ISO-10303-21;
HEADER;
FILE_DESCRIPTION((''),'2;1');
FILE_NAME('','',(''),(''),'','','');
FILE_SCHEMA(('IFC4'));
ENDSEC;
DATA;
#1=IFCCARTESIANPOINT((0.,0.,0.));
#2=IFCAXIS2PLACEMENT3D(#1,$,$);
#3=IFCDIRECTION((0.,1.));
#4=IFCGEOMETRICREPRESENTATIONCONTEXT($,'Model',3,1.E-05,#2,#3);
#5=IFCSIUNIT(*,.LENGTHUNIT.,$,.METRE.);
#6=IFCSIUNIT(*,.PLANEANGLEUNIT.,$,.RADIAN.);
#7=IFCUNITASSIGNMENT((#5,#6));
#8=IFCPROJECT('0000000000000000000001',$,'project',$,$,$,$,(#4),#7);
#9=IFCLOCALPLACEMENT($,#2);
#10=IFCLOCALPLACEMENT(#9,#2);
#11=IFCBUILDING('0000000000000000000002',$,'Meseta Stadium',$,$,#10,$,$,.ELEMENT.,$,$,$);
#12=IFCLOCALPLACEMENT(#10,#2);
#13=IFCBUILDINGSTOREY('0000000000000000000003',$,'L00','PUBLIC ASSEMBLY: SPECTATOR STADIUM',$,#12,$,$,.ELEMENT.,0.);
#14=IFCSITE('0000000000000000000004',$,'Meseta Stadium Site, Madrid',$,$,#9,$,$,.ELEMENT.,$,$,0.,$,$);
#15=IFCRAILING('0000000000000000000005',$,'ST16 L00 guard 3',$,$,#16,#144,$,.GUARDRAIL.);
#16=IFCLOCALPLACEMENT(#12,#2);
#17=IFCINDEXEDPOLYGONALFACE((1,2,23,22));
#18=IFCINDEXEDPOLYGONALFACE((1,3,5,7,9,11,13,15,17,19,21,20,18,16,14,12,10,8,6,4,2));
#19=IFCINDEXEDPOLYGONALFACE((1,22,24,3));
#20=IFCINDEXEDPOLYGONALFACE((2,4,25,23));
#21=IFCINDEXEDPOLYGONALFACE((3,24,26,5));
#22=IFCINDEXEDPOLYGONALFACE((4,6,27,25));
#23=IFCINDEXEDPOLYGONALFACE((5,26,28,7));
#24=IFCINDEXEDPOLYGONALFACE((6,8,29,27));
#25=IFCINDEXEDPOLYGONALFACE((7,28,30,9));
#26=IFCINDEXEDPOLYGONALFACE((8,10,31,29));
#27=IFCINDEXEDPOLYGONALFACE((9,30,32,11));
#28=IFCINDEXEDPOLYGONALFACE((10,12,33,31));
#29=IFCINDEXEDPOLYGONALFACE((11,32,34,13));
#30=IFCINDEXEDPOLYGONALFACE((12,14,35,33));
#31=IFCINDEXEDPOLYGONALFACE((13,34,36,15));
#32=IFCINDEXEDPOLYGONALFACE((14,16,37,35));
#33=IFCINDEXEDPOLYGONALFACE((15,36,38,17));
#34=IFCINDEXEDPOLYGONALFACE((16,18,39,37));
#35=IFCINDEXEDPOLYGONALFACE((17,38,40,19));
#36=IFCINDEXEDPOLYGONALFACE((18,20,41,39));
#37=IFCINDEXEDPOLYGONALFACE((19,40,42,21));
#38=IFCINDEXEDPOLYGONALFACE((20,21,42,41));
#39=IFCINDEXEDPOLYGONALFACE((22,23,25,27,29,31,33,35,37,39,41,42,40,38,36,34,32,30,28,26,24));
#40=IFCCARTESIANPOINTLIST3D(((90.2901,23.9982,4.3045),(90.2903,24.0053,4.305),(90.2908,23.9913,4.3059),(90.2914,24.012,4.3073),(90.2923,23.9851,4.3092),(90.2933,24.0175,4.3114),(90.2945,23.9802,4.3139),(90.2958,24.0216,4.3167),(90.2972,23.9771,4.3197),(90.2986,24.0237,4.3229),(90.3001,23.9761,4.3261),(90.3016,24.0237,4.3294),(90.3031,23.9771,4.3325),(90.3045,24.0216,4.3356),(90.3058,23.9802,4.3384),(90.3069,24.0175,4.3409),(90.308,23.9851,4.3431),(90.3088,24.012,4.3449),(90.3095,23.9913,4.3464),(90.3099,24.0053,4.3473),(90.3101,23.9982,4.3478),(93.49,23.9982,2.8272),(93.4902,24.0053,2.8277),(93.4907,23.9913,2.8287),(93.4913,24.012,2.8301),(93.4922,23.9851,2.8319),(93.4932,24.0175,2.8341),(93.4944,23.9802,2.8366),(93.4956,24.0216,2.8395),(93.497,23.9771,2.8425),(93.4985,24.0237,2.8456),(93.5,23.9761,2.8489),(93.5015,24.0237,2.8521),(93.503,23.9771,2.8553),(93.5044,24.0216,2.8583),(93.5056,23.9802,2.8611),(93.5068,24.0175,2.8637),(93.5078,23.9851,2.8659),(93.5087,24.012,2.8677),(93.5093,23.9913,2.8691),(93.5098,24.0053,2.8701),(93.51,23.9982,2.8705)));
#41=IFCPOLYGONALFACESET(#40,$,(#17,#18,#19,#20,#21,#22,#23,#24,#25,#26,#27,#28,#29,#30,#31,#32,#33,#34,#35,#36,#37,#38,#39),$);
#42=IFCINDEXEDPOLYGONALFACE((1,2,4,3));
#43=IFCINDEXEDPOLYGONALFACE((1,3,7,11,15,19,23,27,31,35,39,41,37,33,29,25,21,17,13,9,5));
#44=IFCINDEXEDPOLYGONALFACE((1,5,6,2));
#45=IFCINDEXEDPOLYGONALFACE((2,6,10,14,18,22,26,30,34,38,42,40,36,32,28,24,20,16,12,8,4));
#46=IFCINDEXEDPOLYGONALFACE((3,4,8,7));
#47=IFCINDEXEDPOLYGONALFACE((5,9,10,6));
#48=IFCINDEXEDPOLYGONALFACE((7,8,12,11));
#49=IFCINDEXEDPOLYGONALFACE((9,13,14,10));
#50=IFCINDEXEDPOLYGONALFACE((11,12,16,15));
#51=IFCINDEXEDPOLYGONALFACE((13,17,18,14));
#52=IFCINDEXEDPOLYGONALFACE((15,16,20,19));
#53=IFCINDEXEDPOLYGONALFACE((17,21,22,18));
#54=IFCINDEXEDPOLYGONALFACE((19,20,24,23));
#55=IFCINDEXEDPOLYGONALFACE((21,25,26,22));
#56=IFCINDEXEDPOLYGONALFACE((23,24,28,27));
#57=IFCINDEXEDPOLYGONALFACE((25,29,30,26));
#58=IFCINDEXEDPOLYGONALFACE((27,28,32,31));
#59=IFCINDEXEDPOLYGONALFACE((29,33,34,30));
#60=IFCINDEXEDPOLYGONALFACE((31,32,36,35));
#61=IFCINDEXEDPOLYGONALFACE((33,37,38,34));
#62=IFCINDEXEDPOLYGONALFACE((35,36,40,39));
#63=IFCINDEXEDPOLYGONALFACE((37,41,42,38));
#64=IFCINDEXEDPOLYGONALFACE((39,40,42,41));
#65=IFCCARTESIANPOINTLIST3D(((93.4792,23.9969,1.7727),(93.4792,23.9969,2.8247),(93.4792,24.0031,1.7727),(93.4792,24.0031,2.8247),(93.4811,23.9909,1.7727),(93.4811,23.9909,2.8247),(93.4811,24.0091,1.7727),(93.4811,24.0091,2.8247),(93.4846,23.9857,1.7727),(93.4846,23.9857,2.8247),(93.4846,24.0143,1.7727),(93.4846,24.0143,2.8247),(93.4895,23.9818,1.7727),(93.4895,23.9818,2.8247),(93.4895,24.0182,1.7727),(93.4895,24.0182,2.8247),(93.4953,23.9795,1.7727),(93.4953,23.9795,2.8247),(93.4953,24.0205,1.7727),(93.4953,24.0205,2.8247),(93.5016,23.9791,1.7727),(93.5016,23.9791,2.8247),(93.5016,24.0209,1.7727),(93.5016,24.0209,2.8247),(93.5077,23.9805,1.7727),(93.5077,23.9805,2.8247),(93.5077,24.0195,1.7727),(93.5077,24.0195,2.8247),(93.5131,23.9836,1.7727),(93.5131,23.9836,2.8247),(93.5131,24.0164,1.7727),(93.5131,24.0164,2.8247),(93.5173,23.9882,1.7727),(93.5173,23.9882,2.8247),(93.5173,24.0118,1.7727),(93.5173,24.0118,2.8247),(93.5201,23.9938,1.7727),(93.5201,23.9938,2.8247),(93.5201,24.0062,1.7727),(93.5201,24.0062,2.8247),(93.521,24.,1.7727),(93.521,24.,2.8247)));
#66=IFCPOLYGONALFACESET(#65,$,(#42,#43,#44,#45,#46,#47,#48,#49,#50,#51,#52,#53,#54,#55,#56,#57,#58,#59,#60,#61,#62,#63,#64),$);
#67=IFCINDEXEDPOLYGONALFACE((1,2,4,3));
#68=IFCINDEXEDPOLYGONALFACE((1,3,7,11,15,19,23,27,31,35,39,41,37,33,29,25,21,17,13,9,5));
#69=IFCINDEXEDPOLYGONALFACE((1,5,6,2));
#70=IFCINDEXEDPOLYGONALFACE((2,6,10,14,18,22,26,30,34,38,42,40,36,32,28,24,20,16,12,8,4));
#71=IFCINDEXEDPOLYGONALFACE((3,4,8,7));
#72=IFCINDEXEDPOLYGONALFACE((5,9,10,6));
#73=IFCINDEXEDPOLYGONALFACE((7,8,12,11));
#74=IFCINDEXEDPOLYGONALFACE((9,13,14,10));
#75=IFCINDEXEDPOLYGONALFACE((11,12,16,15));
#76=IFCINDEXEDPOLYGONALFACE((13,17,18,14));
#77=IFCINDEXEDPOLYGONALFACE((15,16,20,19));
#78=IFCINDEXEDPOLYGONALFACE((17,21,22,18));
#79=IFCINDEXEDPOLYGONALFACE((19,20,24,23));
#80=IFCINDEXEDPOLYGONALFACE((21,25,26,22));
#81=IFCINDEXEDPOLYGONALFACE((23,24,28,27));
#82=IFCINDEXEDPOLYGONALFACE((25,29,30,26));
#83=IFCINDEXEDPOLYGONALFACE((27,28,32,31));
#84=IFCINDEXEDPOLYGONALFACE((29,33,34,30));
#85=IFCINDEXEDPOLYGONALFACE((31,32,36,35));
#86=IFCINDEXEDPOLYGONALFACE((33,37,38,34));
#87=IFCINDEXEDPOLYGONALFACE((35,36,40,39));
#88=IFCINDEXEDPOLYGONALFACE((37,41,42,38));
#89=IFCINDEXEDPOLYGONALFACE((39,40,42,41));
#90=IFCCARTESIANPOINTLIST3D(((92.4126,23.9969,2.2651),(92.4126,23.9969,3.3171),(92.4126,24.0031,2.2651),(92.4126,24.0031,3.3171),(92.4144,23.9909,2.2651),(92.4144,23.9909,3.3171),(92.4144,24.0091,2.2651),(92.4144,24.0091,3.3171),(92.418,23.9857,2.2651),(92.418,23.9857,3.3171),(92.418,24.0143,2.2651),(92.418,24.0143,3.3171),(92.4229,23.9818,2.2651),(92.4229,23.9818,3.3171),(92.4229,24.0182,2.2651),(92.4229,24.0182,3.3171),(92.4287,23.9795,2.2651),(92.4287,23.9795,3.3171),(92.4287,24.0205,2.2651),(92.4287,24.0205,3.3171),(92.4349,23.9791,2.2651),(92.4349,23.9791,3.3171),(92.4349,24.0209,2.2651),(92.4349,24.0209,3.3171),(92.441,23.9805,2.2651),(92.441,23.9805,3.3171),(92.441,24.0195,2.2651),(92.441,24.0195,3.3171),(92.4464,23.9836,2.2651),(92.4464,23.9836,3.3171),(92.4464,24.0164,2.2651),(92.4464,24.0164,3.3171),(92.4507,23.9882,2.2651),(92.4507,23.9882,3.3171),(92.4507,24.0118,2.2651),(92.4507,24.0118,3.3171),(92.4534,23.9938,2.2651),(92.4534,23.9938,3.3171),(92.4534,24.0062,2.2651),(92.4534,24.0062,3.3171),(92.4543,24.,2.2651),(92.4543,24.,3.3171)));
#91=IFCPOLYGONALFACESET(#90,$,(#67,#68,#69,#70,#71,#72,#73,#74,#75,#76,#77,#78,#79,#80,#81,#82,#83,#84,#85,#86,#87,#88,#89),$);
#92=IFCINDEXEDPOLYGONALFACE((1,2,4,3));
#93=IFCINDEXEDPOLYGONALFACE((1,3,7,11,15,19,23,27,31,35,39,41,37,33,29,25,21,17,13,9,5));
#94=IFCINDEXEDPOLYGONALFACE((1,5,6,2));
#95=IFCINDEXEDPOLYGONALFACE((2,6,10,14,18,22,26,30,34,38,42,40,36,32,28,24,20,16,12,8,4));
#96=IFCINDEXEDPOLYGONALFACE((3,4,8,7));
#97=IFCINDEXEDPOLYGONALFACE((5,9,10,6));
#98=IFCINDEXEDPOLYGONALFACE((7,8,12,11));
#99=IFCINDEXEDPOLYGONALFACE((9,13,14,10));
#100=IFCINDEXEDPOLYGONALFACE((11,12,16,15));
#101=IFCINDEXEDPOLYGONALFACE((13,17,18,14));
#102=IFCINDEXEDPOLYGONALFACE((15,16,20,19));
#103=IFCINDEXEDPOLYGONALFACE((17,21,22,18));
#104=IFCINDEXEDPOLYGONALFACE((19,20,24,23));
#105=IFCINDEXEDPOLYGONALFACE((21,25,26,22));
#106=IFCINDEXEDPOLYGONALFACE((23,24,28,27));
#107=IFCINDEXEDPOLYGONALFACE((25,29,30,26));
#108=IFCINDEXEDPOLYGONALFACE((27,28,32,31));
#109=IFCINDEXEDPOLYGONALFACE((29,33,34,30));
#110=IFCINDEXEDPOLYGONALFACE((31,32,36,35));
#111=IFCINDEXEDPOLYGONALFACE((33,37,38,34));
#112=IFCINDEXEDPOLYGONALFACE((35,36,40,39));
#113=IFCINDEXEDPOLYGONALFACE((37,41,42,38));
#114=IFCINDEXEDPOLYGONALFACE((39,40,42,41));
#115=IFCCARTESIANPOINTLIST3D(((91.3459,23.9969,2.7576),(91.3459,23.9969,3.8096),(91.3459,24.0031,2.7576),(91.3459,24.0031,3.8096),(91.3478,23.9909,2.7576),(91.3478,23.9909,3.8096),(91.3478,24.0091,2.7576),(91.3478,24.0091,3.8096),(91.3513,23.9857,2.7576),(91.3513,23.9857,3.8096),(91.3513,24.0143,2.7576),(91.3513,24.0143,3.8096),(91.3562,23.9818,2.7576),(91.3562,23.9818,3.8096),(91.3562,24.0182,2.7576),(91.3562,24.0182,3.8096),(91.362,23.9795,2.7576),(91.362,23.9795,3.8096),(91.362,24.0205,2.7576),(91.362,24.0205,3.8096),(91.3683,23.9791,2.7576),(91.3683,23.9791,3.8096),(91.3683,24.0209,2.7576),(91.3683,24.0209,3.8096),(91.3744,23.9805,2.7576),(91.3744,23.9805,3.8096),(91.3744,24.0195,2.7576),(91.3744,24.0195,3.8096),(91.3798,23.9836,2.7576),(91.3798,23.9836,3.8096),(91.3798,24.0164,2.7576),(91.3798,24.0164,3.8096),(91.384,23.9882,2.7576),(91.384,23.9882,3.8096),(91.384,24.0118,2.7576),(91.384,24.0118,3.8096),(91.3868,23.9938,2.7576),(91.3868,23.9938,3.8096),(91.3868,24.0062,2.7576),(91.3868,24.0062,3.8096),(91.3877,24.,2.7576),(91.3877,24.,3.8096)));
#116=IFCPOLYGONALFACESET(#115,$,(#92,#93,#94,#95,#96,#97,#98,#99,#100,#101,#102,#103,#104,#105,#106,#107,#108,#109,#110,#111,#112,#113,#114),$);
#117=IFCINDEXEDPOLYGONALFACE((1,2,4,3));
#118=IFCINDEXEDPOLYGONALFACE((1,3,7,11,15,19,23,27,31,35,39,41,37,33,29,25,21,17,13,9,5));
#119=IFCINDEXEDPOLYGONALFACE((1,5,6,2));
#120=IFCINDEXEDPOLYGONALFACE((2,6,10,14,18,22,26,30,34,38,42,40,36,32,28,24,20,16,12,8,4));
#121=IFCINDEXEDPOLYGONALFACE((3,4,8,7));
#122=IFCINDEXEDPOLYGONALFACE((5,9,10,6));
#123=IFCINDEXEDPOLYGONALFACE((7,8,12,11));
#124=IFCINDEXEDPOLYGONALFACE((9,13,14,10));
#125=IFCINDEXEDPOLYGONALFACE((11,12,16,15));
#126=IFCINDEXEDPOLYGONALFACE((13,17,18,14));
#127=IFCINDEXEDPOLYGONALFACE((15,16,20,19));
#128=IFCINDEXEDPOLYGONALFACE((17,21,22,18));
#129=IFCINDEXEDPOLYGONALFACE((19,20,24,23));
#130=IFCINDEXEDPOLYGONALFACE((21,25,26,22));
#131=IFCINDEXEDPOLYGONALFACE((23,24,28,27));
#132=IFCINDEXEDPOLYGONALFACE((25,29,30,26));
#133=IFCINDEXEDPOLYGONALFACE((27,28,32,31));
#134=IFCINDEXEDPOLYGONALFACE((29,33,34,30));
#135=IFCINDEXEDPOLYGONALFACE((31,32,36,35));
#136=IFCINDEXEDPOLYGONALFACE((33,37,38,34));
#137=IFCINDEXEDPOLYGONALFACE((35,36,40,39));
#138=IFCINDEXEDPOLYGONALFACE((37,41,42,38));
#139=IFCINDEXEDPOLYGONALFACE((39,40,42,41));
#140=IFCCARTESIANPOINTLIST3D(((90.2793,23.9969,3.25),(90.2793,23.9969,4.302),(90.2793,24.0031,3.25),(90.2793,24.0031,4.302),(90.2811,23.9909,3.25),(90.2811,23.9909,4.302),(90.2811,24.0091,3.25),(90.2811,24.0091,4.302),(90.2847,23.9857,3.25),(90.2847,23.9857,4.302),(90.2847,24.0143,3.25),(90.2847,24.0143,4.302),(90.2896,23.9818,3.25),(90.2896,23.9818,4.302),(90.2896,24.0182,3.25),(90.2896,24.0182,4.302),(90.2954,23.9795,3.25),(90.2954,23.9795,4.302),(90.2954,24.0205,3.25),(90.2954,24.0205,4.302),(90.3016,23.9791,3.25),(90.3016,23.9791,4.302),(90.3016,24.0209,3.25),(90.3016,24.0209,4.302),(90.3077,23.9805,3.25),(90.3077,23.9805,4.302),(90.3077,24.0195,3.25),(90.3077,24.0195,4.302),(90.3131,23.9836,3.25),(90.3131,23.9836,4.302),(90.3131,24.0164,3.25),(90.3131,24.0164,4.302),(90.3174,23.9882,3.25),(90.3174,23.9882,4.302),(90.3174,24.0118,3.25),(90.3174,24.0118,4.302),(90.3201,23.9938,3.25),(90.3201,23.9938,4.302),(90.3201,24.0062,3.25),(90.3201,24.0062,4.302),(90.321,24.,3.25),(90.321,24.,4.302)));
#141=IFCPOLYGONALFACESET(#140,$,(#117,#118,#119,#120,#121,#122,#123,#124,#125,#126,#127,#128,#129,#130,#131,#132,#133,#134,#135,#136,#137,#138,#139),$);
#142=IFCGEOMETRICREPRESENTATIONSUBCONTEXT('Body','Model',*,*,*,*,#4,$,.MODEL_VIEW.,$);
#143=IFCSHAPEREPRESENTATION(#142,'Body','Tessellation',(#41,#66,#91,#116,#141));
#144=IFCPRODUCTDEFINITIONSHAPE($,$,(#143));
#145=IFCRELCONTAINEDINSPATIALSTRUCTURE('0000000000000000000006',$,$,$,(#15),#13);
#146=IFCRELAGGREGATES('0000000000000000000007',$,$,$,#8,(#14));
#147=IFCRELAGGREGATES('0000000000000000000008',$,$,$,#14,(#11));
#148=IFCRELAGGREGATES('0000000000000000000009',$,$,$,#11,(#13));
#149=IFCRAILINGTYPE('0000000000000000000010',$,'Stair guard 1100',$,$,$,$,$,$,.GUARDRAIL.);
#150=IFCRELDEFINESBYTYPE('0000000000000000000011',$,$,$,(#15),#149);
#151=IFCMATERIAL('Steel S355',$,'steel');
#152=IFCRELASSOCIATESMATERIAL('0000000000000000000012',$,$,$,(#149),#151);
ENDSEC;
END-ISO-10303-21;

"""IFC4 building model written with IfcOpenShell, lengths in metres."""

from ifc_helpers import new_model, si_unit, direction, frame, origin, origin_2d, place, context, subcontext, project, spatial, circle, extrude, material, type_object, element, save


model = new_model("IFC4")

# Units and contexts
model_context = context("Model", 3, precision=1e-05, world=origin(), true_north=direction((0.0, 1.0)))
body_context = subcontext(model_context, "Body", "Model", "MODEL_VIEW")
ifc_project = project(units=[si_unit("LENGTHUNIT", "METRE"), si_unit("PLANEANGLEUNIT", "RADIAN")], contexts=[model_context])

# Site, building, storey
site_placement = place(None, origin())
site = spatial("IfcSite", under=ifc_project, at=site_placement, Name="Meseta Stadium Site, Madrid", CompositionType="ELEMENT", RefElevation=0.0)
building_placement = place(site_placement, origin())
building = spatial("IfcBuilding", under=site, at=building_placement, Name="Meseta Stadium", CompositionType="ELEMENT")
storey_placement = place(building_placement, origin())
storey = spatial("IfcBuildingStorey", under=building, at=storey_placement, Name="L00", Description="PUBLIC ASSEMBLY: SPECTATOR STADIUM", CompositionType="ELEMENT", Elevation=0.0)

# Railing
ifc_material_1 = material(Name="Steel S355", Category="steel")
railing_type_1 = type_object("IfcRailingType", Name="Stair guard 1100", PredefinedType="GUARDRAIL", material=ifc_material_1)
railing_1_placement = place(storey_placement, frame((93.5, 24.0, 1.7727)))
element("IfcRailing", 1, at=railing_1_placement, inside=storey, type_object=railing_type_1, Name="ST16 L00 guard 3", PredefinedType="GUARDRAIL", context=body_context, shape_type="SweptSolid", body=[
    extrude(circle(Radius=0.0239, at=origin_2d()), frame((0.0, 0.0, 1.0762), z_axis=(-0.907917, 0.0, 0.41915), x_axis=(0.0, -1.0, 0.0)), (0.0, 0.0, 1.0), 3.5244),
    extrude(circle(Radius=0.021, at=origin_2d()), origin(), (0.0, 0.0, 1.0), 1.052),
    extrude(circle(Radius=0.021, at=origin_2d()), frame((-1.0667, 0.0, 0.4924)), (0.0, 0.0, 1.0), 1.052),
    extrude(circle(Radius=0.021, at=origin_2d()), frame((-2.1333, 0.0, 0.9849)), (0.0, 0.0, 1.0), 1.052),
    extrude(circle(Radius=0.021, at=origin_2d()), frame((-3.2, 0.0, 1.4773)), (0.0, 0.0, 1.0), 1.052),
])

save(model, "model.ifc")
